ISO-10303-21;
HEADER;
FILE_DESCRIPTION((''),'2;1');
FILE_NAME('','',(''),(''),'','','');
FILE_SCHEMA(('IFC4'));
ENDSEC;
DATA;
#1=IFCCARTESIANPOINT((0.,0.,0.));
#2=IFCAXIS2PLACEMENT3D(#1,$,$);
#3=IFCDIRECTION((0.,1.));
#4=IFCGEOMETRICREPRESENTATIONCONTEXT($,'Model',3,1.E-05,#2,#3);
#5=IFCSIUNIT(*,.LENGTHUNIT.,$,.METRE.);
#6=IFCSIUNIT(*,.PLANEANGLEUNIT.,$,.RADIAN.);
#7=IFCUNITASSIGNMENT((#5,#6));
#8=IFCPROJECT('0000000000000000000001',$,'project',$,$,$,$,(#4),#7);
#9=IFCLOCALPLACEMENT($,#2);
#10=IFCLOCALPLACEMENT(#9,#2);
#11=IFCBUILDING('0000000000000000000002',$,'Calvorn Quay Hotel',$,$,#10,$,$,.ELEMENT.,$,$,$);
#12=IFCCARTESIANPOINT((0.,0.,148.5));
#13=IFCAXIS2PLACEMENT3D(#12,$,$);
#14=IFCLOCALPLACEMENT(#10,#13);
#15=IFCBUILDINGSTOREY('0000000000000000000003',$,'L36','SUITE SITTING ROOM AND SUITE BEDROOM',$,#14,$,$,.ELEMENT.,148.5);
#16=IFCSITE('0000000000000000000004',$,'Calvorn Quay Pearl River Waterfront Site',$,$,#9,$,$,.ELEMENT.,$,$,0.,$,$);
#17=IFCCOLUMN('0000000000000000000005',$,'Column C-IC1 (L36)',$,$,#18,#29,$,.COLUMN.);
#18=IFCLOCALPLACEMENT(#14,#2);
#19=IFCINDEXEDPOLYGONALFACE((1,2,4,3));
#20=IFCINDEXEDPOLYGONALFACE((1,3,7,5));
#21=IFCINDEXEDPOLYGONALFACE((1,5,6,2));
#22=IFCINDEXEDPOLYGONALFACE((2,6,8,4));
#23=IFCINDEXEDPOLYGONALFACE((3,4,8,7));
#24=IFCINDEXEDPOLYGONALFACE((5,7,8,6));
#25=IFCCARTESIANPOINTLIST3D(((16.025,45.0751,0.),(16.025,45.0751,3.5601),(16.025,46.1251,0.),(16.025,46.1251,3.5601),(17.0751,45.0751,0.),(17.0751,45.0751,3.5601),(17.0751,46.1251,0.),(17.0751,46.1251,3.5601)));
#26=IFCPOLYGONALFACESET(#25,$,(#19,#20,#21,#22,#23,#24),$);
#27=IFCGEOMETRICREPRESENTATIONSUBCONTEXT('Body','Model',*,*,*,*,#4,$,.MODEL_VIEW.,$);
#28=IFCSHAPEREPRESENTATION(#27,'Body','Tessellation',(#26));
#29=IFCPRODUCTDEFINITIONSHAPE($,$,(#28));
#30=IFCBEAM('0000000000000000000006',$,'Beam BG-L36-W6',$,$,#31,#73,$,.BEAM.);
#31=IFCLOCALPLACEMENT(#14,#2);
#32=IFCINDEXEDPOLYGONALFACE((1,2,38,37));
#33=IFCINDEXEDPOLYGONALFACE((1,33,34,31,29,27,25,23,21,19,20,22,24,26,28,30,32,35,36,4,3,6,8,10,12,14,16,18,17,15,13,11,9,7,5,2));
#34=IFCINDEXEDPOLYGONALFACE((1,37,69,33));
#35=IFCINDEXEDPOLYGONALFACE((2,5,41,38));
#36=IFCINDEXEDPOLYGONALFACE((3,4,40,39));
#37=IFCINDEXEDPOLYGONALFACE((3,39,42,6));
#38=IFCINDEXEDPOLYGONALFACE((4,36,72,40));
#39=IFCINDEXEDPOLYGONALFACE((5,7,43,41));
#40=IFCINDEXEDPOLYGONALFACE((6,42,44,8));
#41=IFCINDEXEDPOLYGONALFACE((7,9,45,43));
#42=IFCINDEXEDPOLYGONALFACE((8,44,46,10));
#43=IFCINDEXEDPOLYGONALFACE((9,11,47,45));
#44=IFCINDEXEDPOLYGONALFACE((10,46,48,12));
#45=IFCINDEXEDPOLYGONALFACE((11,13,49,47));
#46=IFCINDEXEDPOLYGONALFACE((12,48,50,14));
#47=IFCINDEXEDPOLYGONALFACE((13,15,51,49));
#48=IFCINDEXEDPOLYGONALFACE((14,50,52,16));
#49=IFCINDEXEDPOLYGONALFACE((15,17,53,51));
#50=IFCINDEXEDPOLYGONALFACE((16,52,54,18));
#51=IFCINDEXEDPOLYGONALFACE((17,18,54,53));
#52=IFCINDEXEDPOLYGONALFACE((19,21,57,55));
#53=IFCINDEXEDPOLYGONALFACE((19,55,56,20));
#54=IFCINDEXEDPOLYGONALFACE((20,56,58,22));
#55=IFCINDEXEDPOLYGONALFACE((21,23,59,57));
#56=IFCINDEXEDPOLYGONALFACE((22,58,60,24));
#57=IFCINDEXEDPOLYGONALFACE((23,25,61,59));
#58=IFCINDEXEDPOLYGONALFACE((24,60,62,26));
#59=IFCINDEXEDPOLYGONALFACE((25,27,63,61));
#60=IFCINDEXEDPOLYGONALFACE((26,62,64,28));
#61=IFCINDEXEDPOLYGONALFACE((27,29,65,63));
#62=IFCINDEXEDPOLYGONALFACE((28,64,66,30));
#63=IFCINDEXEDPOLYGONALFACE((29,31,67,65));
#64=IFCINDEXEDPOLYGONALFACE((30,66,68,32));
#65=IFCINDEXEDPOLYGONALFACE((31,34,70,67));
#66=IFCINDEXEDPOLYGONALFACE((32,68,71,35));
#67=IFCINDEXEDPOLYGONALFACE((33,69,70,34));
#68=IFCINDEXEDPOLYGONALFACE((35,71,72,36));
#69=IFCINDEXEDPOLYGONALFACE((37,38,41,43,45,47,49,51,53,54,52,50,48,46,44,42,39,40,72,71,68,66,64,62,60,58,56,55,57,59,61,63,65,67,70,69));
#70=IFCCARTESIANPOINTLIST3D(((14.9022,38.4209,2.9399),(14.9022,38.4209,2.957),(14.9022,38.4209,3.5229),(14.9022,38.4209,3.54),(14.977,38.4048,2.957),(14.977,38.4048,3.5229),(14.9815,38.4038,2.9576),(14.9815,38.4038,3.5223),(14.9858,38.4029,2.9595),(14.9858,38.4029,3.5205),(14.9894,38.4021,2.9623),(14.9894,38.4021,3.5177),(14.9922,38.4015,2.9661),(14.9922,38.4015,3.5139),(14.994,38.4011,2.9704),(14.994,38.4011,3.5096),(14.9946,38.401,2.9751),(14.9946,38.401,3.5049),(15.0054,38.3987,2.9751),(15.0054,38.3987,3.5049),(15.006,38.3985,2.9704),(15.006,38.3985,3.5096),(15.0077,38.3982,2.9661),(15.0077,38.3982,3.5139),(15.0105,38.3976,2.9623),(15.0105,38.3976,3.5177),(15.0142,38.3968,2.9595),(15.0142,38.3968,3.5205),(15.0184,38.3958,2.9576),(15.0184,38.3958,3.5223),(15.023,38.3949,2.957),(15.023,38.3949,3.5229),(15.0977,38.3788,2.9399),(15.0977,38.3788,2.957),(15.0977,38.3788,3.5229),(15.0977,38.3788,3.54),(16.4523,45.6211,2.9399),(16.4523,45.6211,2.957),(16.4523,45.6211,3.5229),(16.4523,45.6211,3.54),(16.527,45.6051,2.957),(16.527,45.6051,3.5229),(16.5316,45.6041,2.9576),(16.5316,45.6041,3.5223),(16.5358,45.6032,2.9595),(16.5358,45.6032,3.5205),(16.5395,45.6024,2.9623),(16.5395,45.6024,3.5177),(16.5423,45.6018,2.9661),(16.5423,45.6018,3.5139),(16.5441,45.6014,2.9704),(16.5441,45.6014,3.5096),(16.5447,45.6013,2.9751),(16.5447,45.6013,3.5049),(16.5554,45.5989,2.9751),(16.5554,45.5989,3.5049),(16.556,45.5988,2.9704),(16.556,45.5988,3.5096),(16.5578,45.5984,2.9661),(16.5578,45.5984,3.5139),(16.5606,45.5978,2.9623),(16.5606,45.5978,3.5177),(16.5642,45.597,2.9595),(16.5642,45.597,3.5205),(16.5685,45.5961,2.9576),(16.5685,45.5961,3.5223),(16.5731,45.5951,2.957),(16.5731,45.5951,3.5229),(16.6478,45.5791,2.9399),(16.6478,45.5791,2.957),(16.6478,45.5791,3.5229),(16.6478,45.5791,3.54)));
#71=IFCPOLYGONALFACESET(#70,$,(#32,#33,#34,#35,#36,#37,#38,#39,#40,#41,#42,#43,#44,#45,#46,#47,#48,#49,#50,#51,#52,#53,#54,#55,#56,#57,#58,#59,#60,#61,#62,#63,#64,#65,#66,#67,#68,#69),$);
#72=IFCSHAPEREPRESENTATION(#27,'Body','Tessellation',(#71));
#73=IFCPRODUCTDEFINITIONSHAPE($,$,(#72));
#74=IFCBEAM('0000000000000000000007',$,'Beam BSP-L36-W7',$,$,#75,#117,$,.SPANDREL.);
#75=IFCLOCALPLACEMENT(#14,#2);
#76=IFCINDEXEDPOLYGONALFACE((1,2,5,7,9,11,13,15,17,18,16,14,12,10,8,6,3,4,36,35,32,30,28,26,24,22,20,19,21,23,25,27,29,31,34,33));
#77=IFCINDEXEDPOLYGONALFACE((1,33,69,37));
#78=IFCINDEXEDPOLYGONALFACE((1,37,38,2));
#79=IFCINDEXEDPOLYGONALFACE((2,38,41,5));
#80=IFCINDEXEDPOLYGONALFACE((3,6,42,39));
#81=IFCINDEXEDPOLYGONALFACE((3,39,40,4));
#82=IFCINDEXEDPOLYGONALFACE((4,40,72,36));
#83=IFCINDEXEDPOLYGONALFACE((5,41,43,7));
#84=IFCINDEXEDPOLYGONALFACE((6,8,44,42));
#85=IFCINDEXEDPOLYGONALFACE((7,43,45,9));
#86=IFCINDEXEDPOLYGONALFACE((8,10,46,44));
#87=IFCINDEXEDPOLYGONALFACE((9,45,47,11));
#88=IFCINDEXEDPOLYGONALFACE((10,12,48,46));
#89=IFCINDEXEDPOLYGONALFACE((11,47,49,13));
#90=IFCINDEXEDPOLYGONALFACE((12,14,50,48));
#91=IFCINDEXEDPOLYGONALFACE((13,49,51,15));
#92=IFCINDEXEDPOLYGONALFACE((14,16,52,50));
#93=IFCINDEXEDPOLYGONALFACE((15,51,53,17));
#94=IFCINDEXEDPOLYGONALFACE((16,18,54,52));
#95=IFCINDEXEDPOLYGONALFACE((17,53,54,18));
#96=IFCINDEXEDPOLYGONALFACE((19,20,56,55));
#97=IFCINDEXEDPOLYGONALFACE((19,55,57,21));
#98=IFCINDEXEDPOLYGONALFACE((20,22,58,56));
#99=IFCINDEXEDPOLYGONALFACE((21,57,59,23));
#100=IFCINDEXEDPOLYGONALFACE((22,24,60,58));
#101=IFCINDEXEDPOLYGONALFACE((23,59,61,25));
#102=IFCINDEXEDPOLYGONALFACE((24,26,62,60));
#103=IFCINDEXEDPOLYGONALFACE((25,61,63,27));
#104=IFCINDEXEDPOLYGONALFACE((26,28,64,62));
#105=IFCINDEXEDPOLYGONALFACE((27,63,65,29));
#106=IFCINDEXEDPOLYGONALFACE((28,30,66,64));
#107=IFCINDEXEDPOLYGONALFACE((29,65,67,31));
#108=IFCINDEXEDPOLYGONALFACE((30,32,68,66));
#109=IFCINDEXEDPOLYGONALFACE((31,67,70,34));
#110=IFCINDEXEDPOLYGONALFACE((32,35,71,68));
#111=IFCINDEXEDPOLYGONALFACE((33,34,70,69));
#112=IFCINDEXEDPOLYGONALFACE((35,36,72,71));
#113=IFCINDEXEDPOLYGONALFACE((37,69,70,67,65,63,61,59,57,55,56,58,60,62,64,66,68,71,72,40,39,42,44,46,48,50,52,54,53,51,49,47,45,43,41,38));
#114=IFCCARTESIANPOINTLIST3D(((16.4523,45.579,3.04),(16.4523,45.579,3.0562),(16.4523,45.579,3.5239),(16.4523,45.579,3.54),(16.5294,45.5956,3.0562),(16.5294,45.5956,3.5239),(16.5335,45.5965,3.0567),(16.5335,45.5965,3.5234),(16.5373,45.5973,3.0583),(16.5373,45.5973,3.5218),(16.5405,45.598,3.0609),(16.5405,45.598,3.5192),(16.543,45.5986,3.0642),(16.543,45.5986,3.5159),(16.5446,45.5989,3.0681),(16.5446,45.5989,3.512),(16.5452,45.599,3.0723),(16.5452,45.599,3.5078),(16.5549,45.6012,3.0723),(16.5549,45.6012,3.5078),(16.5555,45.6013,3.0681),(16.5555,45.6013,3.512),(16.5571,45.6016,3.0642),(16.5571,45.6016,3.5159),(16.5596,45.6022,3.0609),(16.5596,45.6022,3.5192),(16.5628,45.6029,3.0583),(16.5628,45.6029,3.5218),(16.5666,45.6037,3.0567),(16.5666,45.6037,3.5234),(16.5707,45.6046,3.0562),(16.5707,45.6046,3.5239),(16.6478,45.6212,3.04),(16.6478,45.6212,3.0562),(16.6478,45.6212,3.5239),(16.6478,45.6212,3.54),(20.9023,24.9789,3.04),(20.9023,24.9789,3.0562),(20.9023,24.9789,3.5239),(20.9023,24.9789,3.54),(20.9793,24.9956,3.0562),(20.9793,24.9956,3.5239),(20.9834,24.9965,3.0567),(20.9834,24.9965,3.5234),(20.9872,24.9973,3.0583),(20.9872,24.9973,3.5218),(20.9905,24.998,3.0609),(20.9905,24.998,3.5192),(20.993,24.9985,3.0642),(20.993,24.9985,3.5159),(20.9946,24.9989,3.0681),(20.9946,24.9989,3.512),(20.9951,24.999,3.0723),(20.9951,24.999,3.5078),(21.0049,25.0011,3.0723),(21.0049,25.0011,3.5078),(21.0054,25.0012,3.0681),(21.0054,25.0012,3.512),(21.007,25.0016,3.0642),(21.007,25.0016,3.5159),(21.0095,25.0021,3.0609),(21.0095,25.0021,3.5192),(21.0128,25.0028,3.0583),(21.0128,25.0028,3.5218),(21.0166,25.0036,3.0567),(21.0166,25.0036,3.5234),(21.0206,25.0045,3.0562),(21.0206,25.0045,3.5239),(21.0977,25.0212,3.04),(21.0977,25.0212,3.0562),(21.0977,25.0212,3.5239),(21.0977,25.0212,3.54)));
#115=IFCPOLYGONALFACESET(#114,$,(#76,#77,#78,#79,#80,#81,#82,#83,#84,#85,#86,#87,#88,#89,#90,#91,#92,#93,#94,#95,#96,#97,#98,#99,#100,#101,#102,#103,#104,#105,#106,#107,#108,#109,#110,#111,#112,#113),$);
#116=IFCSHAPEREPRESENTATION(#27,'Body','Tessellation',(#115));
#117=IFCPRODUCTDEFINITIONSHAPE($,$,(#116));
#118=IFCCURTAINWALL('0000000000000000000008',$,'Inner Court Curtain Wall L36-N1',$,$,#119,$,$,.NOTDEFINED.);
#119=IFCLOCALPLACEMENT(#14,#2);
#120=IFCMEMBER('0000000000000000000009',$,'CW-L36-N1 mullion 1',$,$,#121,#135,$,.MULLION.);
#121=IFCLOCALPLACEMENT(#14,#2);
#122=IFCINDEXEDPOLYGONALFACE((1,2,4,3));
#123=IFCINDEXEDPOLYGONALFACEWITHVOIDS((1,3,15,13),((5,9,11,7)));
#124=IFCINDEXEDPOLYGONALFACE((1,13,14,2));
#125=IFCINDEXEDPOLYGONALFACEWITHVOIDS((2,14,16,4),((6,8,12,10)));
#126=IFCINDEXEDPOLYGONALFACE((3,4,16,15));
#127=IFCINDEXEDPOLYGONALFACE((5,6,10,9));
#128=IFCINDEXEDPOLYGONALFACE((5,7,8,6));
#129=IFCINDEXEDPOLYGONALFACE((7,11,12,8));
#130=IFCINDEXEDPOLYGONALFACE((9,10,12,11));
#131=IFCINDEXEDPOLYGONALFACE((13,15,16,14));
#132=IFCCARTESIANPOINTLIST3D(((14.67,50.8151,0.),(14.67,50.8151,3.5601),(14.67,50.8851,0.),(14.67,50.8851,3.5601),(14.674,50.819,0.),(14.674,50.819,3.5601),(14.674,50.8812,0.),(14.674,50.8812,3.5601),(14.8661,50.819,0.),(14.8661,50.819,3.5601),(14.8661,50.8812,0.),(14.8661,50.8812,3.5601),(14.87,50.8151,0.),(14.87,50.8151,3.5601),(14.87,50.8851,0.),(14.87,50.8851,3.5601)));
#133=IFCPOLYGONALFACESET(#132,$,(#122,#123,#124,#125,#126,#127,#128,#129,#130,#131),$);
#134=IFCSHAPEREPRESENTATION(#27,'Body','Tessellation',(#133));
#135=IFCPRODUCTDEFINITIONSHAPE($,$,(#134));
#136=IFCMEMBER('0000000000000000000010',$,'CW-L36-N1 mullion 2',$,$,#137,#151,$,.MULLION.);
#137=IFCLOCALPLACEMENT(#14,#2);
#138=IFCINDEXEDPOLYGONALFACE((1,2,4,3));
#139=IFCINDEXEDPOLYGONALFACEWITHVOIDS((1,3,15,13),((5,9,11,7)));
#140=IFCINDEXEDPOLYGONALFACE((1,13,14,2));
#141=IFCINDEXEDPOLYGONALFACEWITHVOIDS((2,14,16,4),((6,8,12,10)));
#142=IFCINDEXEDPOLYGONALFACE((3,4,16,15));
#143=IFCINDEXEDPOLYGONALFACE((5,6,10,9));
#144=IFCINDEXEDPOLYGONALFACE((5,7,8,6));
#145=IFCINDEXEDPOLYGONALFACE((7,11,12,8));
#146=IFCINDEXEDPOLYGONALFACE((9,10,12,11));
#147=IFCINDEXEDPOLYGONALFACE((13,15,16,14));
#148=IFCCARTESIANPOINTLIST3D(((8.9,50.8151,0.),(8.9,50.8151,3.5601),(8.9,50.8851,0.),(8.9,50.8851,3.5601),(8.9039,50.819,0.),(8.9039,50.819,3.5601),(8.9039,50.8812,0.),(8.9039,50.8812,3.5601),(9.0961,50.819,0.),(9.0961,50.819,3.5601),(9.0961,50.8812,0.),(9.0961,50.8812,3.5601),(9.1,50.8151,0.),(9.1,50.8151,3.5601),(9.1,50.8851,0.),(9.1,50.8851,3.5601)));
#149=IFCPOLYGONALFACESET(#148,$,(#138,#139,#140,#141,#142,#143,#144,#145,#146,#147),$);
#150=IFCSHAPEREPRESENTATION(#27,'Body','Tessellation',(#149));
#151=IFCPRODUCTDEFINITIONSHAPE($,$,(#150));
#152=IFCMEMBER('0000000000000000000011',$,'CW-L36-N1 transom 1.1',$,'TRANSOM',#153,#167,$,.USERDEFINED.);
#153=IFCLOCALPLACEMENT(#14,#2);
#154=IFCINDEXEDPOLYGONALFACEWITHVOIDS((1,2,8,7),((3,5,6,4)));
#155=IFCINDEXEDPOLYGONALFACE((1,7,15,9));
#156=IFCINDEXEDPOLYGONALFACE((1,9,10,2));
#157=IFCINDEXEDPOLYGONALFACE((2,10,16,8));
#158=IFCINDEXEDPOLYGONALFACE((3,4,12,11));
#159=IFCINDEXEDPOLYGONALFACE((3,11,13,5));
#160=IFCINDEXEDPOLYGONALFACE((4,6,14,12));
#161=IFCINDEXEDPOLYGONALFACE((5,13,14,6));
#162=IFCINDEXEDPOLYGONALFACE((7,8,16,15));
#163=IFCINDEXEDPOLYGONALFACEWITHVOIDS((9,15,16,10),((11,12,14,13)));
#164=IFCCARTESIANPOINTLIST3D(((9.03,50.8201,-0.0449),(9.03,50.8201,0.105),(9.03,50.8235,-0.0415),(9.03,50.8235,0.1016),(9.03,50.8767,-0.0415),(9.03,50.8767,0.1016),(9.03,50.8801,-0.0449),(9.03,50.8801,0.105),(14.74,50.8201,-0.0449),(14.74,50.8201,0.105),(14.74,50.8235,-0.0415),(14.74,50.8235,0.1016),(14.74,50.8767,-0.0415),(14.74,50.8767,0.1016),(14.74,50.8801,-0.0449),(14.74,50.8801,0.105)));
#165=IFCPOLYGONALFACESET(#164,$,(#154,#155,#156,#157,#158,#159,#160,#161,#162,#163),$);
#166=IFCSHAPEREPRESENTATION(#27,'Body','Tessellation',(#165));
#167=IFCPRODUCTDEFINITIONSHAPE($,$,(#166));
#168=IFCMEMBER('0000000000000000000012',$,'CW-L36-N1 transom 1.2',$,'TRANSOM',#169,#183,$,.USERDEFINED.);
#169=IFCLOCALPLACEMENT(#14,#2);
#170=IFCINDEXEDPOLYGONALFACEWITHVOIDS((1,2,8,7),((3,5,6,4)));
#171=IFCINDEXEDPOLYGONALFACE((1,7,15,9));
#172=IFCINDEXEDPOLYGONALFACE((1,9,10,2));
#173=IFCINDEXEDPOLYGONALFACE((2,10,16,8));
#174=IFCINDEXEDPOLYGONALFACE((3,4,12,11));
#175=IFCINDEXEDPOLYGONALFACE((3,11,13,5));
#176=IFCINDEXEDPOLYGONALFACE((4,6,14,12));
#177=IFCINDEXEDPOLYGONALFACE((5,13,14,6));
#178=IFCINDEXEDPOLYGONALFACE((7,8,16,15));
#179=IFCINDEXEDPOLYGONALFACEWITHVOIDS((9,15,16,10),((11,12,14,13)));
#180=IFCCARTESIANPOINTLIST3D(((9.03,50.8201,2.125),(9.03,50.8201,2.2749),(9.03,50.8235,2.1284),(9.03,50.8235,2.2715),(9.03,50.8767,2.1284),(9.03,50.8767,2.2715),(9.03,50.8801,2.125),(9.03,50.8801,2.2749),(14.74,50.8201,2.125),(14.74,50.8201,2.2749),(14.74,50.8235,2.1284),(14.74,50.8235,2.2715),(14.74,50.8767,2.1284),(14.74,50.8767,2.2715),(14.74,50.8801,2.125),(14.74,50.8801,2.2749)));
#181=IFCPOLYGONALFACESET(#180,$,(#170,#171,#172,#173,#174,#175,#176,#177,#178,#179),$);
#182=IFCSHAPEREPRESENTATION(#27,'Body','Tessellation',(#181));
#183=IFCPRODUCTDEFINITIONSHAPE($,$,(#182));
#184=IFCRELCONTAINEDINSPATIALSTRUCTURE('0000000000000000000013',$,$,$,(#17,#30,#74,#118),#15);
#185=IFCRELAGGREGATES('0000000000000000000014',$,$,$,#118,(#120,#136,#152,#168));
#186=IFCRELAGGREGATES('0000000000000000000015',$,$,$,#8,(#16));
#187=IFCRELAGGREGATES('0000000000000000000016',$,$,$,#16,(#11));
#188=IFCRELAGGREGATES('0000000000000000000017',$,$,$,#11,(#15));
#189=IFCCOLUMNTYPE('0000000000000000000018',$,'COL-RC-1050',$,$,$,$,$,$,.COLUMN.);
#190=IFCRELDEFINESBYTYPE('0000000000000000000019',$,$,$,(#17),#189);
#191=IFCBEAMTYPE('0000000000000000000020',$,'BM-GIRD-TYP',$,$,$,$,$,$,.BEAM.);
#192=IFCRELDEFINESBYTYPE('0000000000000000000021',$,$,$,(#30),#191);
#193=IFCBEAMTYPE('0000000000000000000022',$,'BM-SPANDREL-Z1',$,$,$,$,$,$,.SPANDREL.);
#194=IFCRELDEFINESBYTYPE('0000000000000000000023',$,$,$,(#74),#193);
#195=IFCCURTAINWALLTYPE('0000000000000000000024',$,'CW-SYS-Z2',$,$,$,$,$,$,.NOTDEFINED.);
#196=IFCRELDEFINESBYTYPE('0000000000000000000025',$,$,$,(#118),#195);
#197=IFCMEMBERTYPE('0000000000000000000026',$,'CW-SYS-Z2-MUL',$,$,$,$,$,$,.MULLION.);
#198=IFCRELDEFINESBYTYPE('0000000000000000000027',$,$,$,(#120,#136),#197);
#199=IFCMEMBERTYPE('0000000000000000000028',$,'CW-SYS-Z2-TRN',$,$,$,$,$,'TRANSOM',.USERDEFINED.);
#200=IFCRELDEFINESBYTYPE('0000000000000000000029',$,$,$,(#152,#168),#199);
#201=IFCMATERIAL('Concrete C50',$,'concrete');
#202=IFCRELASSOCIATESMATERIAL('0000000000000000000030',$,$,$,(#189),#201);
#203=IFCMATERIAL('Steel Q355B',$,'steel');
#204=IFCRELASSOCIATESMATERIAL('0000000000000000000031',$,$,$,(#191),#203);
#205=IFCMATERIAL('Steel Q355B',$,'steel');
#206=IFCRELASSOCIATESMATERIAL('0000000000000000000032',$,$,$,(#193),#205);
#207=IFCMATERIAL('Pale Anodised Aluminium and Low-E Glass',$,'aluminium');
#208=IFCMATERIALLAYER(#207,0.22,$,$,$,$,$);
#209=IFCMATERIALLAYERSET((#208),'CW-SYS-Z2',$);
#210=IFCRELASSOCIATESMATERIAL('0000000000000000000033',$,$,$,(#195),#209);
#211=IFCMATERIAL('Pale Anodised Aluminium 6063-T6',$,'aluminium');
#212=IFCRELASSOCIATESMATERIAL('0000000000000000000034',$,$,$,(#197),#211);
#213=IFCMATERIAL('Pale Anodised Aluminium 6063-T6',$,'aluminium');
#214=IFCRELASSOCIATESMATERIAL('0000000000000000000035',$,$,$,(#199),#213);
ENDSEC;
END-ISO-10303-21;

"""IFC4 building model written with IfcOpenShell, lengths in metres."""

from ifc_helpers import new_model, si_unit, direction, frame, origin, origin_2d, place, context, subcontext, project, spatial, rectangle, hollow_rectangle, i_section, extrude, material, layer, layer_set, material_profile, profile_set, type_object, element, aggregate, save


model = new_model("IFC4")

# Units and contexts
model_context = context("Model", 3, precision=1e-05, world=origin(), true_north=direction((0.0, 1.0)))
body_context = subcontext(model_context, "Body", "Model", "MODEL_VIEW")
ifc_project = project(units=[si_unit("LENGTHUNIT", "METRE"), si_unit("PLANEANGLEUNIT", "RADIAN")], contexts=[model_context])

# Site, building, storey
site_placement = place(None, origin())
site = spatial("IfcSite", under=ifc_project, at=site_placement, Name="Calvorn Quay Pearl River Waterfront Site", CompositionType="ELEMENT", RefElevation=0.0)
building_placement = place(site_placement, origin())
building = spatial("IfcBuilding", under=site, at=building_placement, Name="Calvorn Quay Hotel", CompositionType="ELEMENT")
storey_placement = place(building_placement, frame((0.0, 0.0, 148.5)))
storey = spatial("IfcBuildingStorey", under=building, at=storey_placement, Name="L36", Description="SUITE SITTING ROOM AND SUITE BEDROOM", CompositionType="ELEMENT", Elevation=148.5)

# Column
ifc_material_1 = material(Name="Concrete C50", Category="concrete")
ifc_material_profile_1 = material_profile(ifc_material_1, rectangle(XDim=1.05, YDim=1.05, at=origin_2d()), Name="RC1050x1050")
ifc_profile_set_1 = profile_set([ifc_material_profile_1], Name="Concrete C50")
column_type = type_object("IfcColumnType", Name="COL-RC-1050", PredefinedType="COLUMN", material=ifc_profile_set_1)
column_placement = place(storey_placement, frame((16.55, 45.6001, 0.0), z_axis=(0.0, 0.0, 1.0), x_axis=(1.0, 0.0, 0.0)))
element("IfcColumn", 1, at=column_placement, inside=storey, type_object=column_type, Name="Column C-IC1 (L36)", PredefinedType="COLUMN", context=body_context, shape_type="SweptSolid", body=[
    extrude(rectangle(XDim=1.05, YDim=1.05, at=origin_2d()), origin(), (0.0, 0.0, 1.0), 3.5601),
])

# Beams
ifc_material_2 = material(Name="Steel Q355B", Category="steel")
ifc_material_profile_2 = material_profile(ifc_material_2, i_section(OverallWidth=0.2, OverallDepth=0.6001, WebThickness=0.011, FlangeThickness=0.0171, FilletRadius=0.0181, at=origin_2d()), Name="HN600x200x11x17")
ifc_profile_set_2 = profile_set([ifc_material_profile_2], Name="Steel Q355B")
beam_type_1 = type_object("IfcBeamType", Name="BM-GIRD-TYP", PredefinedType="BEAM", material=ifc_profile_set_2)
beam_1_placement = place(storey_placement, frame((16.55, 45.6001, 3.24), z_axis=(-0.210457, -0.977603, 0.0), x_axis=(0.977603, -0.210457, 0.0)))
element("IfcBeam", 2, at=beam_1_placement, inside=storey, type_object=beam_type_1, Name="Beam BG-L36-W6", PredefinedType="BEAM", context=body_context, shape_type="SweptSolid", body=[
    extrude(i_section(OverallWidth=0.2, OverallDepth=0.6001, WebThickness=0.011, FlangeThickness=0.0171, FilletRadius=0.0181, at=origin_2d()), origin(), (0.0, 0.0, 1.0), 7.3652),
])
ifc_material_3 = material(Name="Steel Q355B", Category="steel")
ifc_material_profile_3 = material_profile(ifc_material_3, i_section(OverallWidth=0.2, OverallDepth=0.5, WebThickness=0.01, FlangeThickness=0.0161, FilletRadius=0.0161, at=origin_2d()), Name="HN500x200x10x16")
ifc_profile_set_3 = profile_set([ifc_material_profile_3], Name="Steel Q355B")
beam_type_2 = type_object("IfcBeamType", Name="BM-SPANDREL-Z1", PredefinedType="SPANDREL", material=ifc_profile_set_3)
beam_2_placement = place(storey_placement, frame((16.55, 45.6001, 3.29), z_axis=(0.211146, -0.977455, 0.0), x_axis=(0.977455, 0.211146, 0.0)))
element("IfcBeam", 3, at=beam_2_placement, inside=storey, type_object=beam_type_2, Name="Beam BSP-L36-W7", PredefinedType="SPANDREL", context=body_context, shape_type="SweptSolid", body=[
    extrude(i_section(OverallWidth=0.2, OverallDepth=0.5, WebThickness=0.01, FlangeThickness=0.0161, FilletRadius=0.0161, at=origin_2d()), origin(), (0.0, 0.0, 1.0), 21.0752),
])

# Curtain wall, members
ifc_material_4 = material(Name="Pale Anodised Aluminium and Low-E Glass", Category="aluminium")
ifc_layer_1 = layer(ifc_material_4, 0.22)
ifc_layer_set_1 = layer_set([ifc_layer_1], Name="CW-SYS-Z2")
curtain_wall_type = type_object("IfcCurtainWallType", Name="CW-SYS-Z2", PredefinedType="NOTDEFINED", material=ifc_layer_set_1)
curtain_wall_placement = place(storey_placement, origin())
curtain_wall = element("IfcCurtainWall", 4, at=curtain_wall_placement, inside=storey, type_object=curtain_wall_type, Name="Inner Court Curtain Wall L36-N1", PredefinedType="NOTDEFINED")
ifc_material_5 = material(Name="Pale Anodised Aluminium 6063-T6", Category="aluminium")
ifc_material_profile_4 = material_profile(ifc_material_5, hollow_rectangle(XDim=0.0701, YDim=0.2, WallThickness=0.0039, at=origin_2d()), Name="ALU-M200x70x4")
ifc_profile_set_4 = profile_set([ifc_material_profile_4], Name="Pale Anodised Aluminium 6063-T6")
member_type_1 = type_object("IfcMemberType", Name="CW-SYS-Z2-MUL", PredefinedType="MULLION", material=ifc_profile_set_4)
member_1_placement = place(storey_placement, frame((14.77, 50.8501, 0.0), z_axis=(0.0, 0.0, 1.0), x_axis=(0.0, -1.0, 0.0)))
member_1 = element("IfcMember", 5, at=member_1_placement, type_object=member_type_1, Name="CW-L36-N1 mullion 1", PredefinedType="MULLION", context=body_context, shape_type="SweptSolid", body=[
    extrude(hollow_rectangle(XDim=0.0701, YDim=0.2, WallThickness=0.0039, at=origin_2d()), origin(), (0.0, 0.0, 1.0), 3.5601),
])
member_2_placement = place(storey_placement, frame((9.0, 50.8501, 0.0), z_axis=(0.0, 0.0, 1.0), x_axis=(0.0, -1.0, 0.0)))
member_2 = element("IfcMember", 6, at=member_2_placement, type_object=member_type_1, Name="CW-L36-N1 mullion 2", PredefinedType="MULLION", context=body_context, shape_type="SweptSolid", body=[
    extrude(hollow_rectangle(XDim=0.0701, YDim=0.2, WallThickness=0.0039, at=origin_2d()), origin(), (0.0, 0.0, 1.0), 3.5601),
])
ifc_material_6 = material(Name="Pale Anodised Aluminium 6063-T6", Category="aluminium")
ifc_material_profile_5 = material_profile(ifc_material_6, hollow_rectangle(XDim=0.0601, YDim=0.1499, WallThickness=0.0034, at=origin_2d()), Name="ALU-T150x60x3.5")
ifc_profile_set_5 = profile_set([ifc_material_profile_5], Name="Pale Anodised Aluminium 6063-T6")
member_type_2 = type_object("IfcMemberType", Name="CW-SYS-Z2-TRN", ElementType="TRANSOM", PredefinedType="USERDEFINED", material=ifc_profile_set_5)
member_3_placement = place(storey_placement, frame((14.74, 50.8501, 0.03), z_axis=(-1.0, 0.0, 0.0), x_axis=(0.0, -1.0, 0.0)))
member_3 = element("IfcMember", 7, at=member_3_placement, type_object=member_type_2, Name="CW-L36-N1 transom 1.1", ObjectType="TRANSOM", PredefinedType="USERDEFINED", context=body_context, shape_type="SweptSolid", body=[
    extrude(hollow_rectangle(XDim=0.0601, YDim=0.1499, WallThickness=0.0034, at=origin_2d()), origin(), (0.0, 0.0, 1.0), 5.71),
])
member_4_placement = place(storey_placement, frame((14.74, 50.8501, 2.2), z_axis=(-1.0, 0.0, 0.0), x_axis=(0.0, -1.0, 0.0)))
member_4 = element("IfcMember", 8, at=member_4_placement, type_object=member_type_2, Name="CW-L36-N1 transom 1.2", ObjectType="TRANSOM", PredefinedType="USERDEFINED", context=body_context, shape_type="SweptSolid", body=[
    extrude(hollow_rectangle(XDim=0.0601, YDim=0.1499, WallThickness=0.0034, at=origin_2d()), origin(), (0.0, 0.0, 1.0), 5.71),
])
aggregate(curtain_wall, [member_1, member_2, member_3, member_4])

save(model, "model.ifc")
